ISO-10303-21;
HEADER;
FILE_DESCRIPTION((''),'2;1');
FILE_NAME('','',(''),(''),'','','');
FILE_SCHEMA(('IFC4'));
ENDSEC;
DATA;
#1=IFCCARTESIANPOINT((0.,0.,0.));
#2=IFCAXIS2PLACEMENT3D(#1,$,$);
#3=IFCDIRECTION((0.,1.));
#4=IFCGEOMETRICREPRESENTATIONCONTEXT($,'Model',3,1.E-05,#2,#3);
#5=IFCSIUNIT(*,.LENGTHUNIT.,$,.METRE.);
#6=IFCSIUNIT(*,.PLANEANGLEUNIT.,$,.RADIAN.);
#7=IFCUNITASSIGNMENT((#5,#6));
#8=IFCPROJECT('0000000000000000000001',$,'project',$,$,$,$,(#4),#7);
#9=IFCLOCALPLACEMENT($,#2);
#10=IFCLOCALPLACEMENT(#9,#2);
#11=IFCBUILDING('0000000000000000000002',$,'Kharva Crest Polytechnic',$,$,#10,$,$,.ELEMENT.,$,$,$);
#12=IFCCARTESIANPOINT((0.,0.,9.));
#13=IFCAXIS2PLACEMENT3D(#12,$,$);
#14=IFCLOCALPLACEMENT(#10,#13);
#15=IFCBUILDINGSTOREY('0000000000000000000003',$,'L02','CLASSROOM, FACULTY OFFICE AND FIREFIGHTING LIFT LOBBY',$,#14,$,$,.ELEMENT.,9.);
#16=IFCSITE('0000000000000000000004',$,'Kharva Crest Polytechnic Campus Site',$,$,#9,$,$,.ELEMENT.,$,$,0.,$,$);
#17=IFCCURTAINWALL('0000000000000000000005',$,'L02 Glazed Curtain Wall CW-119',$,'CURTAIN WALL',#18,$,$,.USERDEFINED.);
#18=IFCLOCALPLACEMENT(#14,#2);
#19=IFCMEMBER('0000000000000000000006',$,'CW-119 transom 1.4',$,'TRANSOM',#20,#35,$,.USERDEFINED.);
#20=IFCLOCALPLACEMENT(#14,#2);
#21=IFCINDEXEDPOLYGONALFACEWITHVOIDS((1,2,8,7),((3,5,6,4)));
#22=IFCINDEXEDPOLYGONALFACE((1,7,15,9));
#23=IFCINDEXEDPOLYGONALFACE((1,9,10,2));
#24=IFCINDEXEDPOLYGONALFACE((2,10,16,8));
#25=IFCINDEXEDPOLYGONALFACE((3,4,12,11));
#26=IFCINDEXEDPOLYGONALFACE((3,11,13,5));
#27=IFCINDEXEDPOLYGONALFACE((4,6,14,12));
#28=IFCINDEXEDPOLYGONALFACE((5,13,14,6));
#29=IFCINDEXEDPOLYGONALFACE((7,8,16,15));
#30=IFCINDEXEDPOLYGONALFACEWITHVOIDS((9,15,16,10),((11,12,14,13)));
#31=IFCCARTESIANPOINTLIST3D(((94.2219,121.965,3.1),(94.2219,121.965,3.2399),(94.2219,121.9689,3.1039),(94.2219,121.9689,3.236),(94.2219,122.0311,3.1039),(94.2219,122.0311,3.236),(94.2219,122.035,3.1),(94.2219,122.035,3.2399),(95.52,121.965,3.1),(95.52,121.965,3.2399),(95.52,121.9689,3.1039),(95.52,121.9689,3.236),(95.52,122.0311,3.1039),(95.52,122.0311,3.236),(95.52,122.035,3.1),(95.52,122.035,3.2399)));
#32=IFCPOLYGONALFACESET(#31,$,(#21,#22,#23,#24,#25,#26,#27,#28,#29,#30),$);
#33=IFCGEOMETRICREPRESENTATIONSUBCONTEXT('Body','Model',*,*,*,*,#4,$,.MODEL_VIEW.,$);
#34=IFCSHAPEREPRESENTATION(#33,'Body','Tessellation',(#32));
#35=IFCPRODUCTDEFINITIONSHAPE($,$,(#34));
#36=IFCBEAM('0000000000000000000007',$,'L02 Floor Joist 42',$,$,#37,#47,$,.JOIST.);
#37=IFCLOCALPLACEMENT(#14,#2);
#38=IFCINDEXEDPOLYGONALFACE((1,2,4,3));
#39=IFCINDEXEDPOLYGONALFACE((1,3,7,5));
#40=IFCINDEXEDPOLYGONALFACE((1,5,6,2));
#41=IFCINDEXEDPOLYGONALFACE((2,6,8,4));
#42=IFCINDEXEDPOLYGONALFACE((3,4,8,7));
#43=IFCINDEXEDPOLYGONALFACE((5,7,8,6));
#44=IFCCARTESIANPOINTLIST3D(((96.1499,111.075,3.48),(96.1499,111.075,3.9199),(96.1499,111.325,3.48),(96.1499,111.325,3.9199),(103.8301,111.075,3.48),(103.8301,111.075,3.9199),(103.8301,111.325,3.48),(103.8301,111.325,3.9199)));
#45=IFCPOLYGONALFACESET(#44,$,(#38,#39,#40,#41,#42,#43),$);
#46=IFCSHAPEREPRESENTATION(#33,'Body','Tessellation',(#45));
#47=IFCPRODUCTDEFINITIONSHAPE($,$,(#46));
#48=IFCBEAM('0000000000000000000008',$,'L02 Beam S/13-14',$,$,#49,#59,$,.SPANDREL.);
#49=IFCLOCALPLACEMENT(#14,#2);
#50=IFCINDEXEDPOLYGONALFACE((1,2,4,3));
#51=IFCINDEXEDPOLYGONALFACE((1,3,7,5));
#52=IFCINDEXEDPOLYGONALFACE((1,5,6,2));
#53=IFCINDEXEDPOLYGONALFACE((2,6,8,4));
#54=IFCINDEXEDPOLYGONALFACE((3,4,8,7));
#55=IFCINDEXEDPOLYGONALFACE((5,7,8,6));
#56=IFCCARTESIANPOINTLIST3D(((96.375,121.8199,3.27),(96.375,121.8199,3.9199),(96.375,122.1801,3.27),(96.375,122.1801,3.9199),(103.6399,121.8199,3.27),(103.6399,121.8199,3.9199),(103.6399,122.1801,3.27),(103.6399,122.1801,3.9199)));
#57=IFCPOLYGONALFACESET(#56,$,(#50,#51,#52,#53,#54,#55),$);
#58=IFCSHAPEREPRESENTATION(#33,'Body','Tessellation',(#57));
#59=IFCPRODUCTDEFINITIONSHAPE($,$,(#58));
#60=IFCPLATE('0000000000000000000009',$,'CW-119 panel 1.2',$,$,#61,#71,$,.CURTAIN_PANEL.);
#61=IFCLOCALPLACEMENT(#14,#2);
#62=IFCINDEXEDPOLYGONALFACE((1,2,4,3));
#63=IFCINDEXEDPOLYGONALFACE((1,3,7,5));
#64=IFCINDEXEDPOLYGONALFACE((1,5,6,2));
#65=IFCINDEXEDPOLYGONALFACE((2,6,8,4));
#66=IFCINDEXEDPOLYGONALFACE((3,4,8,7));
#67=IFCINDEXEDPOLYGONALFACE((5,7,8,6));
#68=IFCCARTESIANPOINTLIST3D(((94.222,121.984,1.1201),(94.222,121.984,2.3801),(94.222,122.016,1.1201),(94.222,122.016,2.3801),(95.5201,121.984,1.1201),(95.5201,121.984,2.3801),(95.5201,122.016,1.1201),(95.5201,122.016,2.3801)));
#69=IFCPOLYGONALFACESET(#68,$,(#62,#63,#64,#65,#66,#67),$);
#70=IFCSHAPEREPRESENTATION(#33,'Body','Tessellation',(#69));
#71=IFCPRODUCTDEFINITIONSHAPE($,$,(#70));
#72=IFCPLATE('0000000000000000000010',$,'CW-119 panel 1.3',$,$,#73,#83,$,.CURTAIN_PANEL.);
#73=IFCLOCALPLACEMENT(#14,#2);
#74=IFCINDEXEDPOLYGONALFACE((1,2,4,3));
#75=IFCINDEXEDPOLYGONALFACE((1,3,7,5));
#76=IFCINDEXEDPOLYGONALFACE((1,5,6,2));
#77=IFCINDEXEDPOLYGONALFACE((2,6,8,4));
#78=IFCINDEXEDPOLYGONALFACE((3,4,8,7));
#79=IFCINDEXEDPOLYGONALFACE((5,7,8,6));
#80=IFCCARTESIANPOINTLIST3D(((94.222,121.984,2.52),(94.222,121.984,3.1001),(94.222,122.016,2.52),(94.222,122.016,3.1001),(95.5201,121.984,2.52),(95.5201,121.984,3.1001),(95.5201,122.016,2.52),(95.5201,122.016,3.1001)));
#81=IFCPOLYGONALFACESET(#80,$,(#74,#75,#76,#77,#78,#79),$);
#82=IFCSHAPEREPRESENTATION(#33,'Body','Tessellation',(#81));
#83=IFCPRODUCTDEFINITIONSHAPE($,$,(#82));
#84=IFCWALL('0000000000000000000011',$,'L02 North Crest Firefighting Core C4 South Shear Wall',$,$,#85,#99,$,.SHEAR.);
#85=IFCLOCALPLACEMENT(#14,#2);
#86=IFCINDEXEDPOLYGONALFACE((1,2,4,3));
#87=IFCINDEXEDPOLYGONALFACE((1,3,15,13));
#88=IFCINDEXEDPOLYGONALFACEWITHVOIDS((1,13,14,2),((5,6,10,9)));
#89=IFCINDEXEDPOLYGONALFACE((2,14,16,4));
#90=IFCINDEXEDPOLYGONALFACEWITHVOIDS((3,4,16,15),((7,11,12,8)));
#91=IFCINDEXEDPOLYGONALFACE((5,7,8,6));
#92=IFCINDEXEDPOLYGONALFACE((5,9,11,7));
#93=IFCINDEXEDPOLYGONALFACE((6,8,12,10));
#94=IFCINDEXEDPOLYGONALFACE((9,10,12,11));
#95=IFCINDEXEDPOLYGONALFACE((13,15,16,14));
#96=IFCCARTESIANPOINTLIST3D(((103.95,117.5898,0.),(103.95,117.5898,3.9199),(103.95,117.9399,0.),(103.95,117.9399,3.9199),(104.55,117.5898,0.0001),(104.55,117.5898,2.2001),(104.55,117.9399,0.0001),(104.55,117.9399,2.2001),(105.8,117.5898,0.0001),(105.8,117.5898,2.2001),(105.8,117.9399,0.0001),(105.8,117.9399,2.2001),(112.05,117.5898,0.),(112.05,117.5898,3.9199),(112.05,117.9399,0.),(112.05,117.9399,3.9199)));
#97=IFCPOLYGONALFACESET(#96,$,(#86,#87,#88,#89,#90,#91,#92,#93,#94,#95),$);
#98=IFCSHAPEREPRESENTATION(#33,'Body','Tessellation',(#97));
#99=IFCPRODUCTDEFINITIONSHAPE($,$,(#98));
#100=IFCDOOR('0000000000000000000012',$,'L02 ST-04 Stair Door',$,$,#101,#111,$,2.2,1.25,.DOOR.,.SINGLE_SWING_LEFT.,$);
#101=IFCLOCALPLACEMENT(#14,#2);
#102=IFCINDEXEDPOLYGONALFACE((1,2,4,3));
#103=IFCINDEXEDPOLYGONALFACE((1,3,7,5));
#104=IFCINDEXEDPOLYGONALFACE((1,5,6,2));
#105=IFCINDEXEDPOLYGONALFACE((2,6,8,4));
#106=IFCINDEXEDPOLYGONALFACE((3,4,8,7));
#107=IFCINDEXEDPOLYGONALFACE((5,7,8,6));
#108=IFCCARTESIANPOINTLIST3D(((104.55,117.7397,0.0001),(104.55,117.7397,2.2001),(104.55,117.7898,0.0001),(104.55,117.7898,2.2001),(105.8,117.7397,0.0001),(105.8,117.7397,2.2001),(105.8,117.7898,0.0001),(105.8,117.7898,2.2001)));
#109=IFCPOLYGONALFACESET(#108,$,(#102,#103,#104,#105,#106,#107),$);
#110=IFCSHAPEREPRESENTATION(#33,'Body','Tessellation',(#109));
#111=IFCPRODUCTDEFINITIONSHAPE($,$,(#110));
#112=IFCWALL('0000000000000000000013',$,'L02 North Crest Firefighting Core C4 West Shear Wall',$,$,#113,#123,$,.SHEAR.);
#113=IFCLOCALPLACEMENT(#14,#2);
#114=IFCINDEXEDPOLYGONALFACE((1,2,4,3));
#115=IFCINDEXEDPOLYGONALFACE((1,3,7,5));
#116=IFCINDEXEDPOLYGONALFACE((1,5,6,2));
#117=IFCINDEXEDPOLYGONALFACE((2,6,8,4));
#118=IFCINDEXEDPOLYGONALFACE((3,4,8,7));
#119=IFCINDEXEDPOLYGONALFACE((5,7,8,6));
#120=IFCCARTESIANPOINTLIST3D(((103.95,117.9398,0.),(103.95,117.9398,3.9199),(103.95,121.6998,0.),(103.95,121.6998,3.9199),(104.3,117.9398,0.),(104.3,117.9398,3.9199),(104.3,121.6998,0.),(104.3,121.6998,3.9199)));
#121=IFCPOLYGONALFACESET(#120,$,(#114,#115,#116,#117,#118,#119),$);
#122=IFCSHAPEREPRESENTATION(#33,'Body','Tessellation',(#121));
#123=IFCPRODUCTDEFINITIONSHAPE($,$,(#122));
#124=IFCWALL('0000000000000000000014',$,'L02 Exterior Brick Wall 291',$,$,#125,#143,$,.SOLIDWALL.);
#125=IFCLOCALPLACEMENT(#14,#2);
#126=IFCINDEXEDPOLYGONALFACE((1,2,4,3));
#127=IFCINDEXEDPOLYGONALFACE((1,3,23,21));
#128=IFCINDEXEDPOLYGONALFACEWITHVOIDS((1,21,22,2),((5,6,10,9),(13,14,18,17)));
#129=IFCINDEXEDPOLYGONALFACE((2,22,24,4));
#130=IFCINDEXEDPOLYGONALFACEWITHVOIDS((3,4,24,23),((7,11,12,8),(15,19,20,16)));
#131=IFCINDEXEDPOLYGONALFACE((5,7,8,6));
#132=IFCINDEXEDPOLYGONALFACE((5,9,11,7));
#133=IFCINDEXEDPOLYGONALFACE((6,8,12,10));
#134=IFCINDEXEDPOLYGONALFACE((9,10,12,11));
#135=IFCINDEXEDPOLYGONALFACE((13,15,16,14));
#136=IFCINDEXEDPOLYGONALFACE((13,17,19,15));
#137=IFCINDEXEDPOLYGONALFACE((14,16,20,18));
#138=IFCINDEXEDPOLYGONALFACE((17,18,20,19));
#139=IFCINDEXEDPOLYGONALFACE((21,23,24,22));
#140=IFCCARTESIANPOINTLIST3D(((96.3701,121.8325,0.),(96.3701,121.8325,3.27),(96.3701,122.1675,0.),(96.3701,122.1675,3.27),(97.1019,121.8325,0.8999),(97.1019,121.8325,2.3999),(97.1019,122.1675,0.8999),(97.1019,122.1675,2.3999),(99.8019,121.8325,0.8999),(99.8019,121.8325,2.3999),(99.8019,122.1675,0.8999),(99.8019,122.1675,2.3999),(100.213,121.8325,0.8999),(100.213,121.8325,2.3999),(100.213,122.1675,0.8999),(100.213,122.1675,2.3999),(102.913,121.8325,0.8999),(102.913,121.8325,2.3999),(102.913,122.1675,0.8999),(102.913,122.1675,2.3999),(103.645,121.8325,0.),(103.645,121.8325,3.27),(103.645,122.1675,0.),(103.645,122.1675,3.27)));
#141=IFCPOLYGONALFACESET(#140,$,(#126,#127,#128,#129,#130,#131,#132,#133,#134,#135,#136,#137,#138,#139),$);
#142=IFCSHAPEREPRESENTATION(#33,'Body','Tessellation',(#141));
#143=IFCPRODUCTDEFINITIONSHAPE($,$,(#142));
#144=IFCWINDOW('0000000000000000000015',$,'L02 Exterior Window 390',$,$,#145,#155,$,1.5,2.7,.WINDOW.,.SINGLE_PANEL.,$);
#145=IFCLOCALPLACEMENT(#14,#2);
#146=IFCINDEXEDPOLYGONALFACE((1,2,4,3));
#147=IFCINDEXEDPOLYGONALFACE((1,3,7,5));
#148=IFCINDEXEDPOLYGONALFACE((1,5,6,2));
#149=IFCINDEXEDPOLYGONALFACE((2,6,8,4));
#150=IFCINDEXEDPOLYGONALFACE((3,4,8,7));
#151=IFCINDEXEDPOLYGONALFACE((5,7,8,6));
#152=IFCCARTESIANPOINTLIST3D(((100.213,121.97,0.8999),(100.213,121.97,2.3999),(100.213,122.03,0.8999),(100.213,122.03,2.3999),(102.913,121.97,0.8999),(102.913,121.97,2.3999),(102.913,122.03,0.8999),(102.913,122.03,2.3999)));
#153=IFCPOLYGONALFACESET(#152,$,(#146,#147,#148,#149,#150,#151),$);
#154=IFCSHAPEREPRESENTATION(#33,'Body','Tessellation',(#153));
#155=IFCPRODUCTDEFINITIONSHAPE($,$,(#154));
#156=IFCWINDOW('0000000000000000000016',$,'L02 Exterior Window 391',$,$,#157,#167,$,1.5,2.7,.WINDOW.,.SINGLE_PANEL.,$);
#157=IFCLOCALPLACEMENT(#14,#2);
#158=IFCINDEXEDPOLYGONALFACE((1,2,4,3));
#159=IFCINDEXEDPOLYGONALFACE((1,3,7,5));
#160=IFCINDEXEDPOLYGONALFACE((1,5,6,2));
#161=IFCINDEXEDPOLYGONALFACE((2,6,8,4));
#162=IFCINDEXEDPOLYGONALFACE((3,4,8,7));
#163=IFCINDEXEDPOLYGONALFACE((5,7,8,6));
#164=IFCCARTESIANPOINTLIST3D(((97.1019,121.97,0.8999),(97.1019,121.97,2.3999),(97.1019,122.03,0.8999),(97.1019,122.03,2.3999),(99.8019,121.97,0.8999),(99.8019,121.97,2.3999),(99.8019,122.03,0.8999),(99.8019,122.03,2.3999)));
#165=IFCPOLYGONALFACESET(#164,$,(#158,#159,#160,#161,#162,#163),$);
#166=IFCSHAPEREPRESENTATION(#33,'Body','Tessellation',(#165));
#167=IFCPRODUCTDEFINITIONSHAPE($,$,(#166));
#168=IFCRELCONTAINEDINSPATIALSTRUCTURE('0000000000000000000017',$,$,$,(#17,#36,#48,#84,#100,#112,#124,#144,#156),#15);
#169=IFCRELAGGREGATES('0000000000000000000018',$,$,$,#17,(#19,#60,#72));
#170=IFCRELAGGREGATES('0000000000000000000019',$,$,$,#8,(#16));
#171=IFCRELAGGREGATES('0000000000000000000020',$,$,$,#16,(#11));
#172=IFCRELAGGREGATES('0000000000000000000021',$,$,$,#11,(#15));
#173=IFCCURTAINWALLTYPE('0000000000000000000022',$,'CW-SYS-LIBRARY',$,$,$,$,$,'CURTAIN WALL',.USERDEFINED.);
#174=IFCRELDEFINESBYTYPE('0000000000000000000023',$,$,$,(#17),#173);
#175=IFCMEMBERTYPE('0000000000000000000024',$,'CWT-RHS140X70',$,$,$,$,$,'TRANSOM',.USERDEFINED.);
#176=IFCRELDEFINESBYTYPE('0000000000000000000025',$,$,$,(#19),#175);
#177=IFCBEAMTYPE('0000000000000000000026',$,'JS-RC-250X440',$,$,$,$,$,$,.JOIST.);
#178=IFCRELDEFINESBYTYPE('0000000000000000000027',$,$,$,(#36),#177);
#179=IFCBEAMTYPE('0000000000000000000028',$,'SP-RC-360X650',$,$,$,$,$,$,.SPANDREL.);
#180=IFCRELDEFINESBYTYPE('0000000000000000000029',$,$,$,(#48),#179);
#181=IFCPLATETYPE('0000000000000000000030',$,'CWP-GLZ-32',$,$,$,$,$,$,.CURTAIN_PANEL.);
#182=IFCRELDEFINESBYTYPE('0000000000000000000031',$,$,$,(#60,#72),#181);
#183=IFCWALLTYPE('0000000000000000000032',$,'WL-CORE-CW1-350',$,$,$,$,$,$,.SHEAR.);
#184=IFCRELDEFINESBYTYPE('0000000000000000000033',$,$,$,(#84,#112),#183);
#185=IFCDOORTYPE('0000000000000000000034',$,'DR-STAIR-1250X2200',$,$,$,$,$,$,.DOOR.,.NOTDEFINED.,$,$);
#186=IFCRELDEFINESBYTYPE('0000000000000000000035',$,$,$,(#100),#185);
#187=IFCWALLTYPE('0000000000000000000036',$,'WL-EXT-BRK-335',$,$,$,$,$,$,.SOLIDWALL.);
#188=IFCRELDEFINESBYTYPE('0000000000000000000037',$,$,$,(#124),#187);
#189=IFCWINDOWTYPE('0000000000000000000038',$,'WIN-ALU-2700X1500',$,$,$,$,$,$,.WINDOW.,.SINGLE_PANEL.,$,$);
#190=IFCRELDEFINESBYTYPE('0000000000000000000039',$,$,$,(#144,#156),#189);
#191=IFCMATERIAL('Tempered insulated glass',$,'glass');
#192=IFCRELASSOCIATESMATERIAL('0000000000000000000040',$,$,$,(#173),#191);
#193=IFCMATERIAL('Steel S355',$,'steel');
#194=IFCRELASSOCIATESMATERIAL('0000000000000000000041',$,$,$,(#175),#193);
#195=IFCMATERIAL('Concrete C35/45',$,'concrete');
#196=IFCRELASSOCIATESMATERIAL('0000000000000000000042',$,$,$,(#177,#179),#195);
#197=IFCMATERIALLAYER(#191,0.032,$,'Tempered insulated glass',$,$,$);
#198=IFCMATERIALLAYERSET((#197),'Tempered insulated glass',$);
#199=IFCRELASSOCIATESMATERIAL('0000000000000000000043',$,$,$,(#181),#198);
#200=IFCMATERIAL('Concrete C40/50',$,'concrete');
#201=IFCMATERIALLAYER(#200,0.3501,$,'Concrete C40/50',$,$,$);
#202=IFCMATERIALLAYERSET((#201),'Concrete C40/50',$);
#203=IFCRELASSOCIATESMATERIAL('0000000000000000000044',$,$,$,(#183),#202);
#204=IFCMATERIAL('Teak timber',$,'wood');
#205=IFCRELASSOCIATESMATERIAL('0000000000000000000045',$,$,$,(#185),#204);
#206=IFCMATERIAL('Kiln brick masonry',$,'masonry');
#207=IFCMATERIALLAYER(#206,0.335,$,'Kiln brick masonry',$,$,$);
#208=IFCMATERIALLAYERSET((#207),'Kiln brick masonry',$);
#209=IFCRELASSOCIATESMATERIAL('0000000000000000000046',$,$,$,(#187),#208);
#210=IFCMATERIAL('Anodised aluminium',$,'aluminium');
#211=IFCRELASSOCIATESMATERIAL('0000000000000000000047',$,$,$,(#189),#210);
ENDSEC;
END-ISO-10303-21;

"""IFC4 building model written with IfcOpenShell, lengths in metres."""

from ifc_helpers import new_model, si_unit, direction, frame, frame_2d, origin, origin_2d, place, context, subcontext, project, spatial, rectangle, hollow_rectangle, extrude, material, layer, layer_set, material_profile, profile_set, type_object, element, fill, aggregate, save


model = new_model("IFC4")

# Units and contexts
model_context = context("Model", 3, precision=1e-05, world=origin(), true_north=direction((0.0, 1.0)))
body_context = subcontext(model_context, "Body", "Model", "MODEL_VIEW")
ifc_project = project(units=[si_unit("LENGTHUNIT", "METRE"), si_unit("PLANEANGLEUNIT", "RADIAN")], contexts=[model_context])

# Site, building, storey
site_placement = place(None, origin())
site = spatial("IfcSite", under=ifc_project, at=site_placement, Name="Kharva Crest Polytechnic Campus Site", CompositionType="ELEMENT", RefElevation=0.0)
building_placement = place(site_placement, origin())
building = spatial("IfcBuilding", under=site, at=building_placement, Name="Kharva Crest Polytechnic", CompositionType="ELEMENT")
storey_placement = place(building_placement, frame((0.0, 0.0, 9.0)))
storey = spatial("IfcBuildingStorey", under=building, at=storey_placement, Name="L02", Description="CLASSROOM, FACULTY OFFICE AND FIREFIGHTING LIFT LOBBY", CompositionType="ELEMENT", Elevation=9.0)

# Shared definitions
ifc_material_1 = material(Name="Concrete C40/50", Category="concrete")

# Shared definitions
ifc_material_2 = material(Name="Concrete C35/45", Category="concrete")

# Curtain wall, member
ifc_material_3 = material(Name="Tempered insulated glass", Category="glass")
curtain_wall_type = type_object("IfcCurtainWallType", Name="CW-SYS-LIBRARY", ElementType="CURTAIN WALL", PredefinedType="USERDEFINED", material=ifc_material_3)
curtain_wall_placement = place(storey_placement, origin())
curtain_wall = element("IfcCurtainWall", 1, at=curtain_wall_placement, inside=storey, type_object=curtain_wall_type, Name="L02 Glazed Curtain Wall CW-119", ObjectType="CURTAIN WALL", PredefinedType="USERDEFINED")
ifc_material_4 = material(Name="Steel S355", Category="steel")
ifc_material_profile_1 = material_profile(ifc_material_4, hollow_rectangle(XDim=0.0701, YDim=0.1399, WallThickness=0.0039, at=origin_2d()), Name="RHS 140X70X4.0")
ifc_profile_set_1 = profile_set([ifc_material_profile_1], Name="Steel S355")
member_type_1 = type_object("IfcMemberType", Name="CWT-RHS140X70", ElementType="TRANSOM", PredefinedType="USERDEFINED", material=ifc_profile_set_1)
member_1_placement = place(storey_placement, frame((95.52, 122.0, 3.1699), z_axis=(-1.0, 0.0, 0.0), x_axis=(0.0, -1.0, 0.0)))
member_1 = element("IfcMember", 2, at=member_1_placement, type_object=member_type_1, Name="CW-119 transom 1.4", ObjectType="TRANSOM", PredefinedType="USERDEFINED", context=body_context, shape_type="SweptSolid", body=[
    extrude(hollow_rectangle(XDim=0.0701, YDim=0.1399, WallThickness=0.0039, at=origin_2d()), origin(), (0.0, 0.0, 1.0), 1.2981),
])

# Beams
ifc_material_profile_2 = material_profile(ifc_material_2, rectangle(XDim=0.25, YDim=0.4399, at=origin_2d()), Name="RECT 250 X 440")
ifc_profile_set_2 = profile_set([ifc_material_profile_2], Name="Concrete C35/45")
beam_type_1 = type_object("IfcBeamType", Name="JS-RC-250X440", PredefinedType="JOIST", material=ifc_profile_set_2)
beam_1_placement = place(storey_placement, frame((96.1499, 111.2, 3.7), z_axis=(1.0, 0.0, 0.0), x_axis=(0.0, 1.0, 0.0)))
element("IfcBeam", 3, at=beam_1_placement, inside=storey, type_object=beam_type_1, Name="L02 Floor Joist 42", PredefinedType="JOIST", context=body_context, shape_type="SweptSolid", body=[
    extrude(rectangle(XDim=0.25, YDim=0.4399, at=origin_2d()), origin(), (0.0, 0.0, 1.0), 7.6802),
])
ifc_material_profile_3 = material_profile(ifc_material_2, rectangle(XDim=0.3601, YDim=0.6499, at=origin_2d()), Name="RECT 360 X 650")
ifc_profile_set_3 = profile_set([ifc_material_profile_3], Name="Concrete C35/45")
beam_type_2 = type_object("IfcBeamType", Name="SP-RC-360X650", PredefinedType="SPANDREL", material=ifc_profile_set_3)
beam_2_placement = place(storey_placement, frame((96.375, 122.0, 3.595), z_axis=(1.0, 0.0, 0.0), x_axis=(0.0, 1.0, 0.0)))
element("IfcBeam", 4, at=beam_2_placement, inside=storey, type_object=beam_type_2, Name="L02 Beam S/13-14", PredefinedType="SPANDREL", context=body_context, shape_type="SweptSolid", body=[
    extrude(rectangle(XDim=0.3601, YDim=0.6499, at=origin_2d()), origin(), (0.0, 0.0, 1.0), 7.2649),
])

# Plates
ifc_layer_1 = layer(ifc_material_3, 0.032, Name="Tempered insulated glass")
ifc_layer_set_1 = layer_set([ifc_layer_1], Name="Tempered insulated glass")
plate_type = type_object("IfcPlateType", Name="CWP-GLZ-32", PredefinedType="CURTAIN_PANEL", material=ifc_layer_set_1)
plate_1_placement = place(storey_placement, frame((94.8711, 122.0, 1.1201), z_axis=(0.0, 0.0, 1.0), x_axis=(-1.0, 0.0, 0.0)))
plate_1 = element("IfcPlate", 5, at=plate_1_placement, type_object=plate_type, Name="CW-119 panel 1.2", PredefinedType="CURTAIN_PANEL", context=body_context, shape_type="SweptSolid", body=[
    extrude(rectangle(XDim=1.2981, YDim=0.032, at=origin_2d()), origin(), (0.0, 0.0, 1.0), 1.26),
])
plate_2_placement = place(storey_placement, frame((94.8711, 122.0, 2.52), z_axis=(0.0, 0.0, 1.0), x_axis=(-1.0, 0.0, 0.0)))
plate_2 = element("IfcPlate", 6, at=plate_2_placement, type_object=plate_type, Name="CW-119 panel 1.3", PredefinedType="CURTAIN_PANEL", context=body_context, shape_type="SweptSolid", body=[
    extrude(rectangle(XDim=1.2981, YDim=0.032, at=origin_2d()), origin(), (0.0, 0.0, 1.0), 0.5801),
])
aggregate(curtain_wall, [member_1, plate_1, plate_2])

# Wall, opening, door
ifc_layer_2 = layer(ifc_material_1, 0.3501, Name="Concrete C40/50")
ifc_layer_set_2 = layer_set([ifc_layer_2], Name="Concrete C40/50")
wall_type_1 = type_object("IfcWallType", Name="WL-CORE-CW1-350", PredefinedType="SHEAR", material=ifc_layer_set_2)
wall_1_placement = place(storey_placement, frame((103.95, 117.7649, 0.0), z_axis=(0.0, 0.0, 1.0), x_axis=(1.0, 0.0, 0.0)))
wall_1 = element("IfcWall", 7, at=wall_1_placement, inside=storey, type_object=wall_type_1, Name="L02 North Crest Firefighting Core C4 South Shear Wall", PredefinedType="SHEAR", context=body_context, shape_type="SweptSolid", body=[
    extrude(rectangle(XDim=8.1001, YDim=0.3501, at=frame_2d((4.05, 0.0))), origin(), (0.0, 0.0, 1.0), 3.9199),
])
opening_1_placement = place(wall_1_placement, frame((0.6001, 0.0, 0.0)))
opening_1 = element("IfcOpeningElement", 8, at=opening_1_placement, cuts=wall_1, PredefinedType="OPENING", context=body_context, shape_type="SweptSolid", body=[
    extrude(rectangle(XDim=1.25, YDim=2.2, at=frame_2d((0.625, 1.1001))), frame((0.0, 0.1851, 0.0), z_axis=(0.0, -1.0, 0.0), x_axis=(1.0, 0.0, 0.0)), (0.0, 0.0, 1.0), 0.3701),
])
ifc_material_5 = material(Name="Teak timber", Category="wood")
door_type = type_object("IfcDoorType", Name="DR-STAIR-1250X2200", OperationType="NOTDEFINED", PredefinedType="DOOR", material=ifc_material_5)
door_placement = place(opening_1_placement, origin())
door = element("IfcDoor", 9, at=door_placement, inside=storey, type_object=door_type, Name="L02 ST-04 Stair Door", OperationType="SINGLE_SWING_LEFT", OverallHeight=2.2, OverallWidth=1.25, PredefinedType="DOOR", context=body_context, shape_type="SweptSolid", body=[
    extrude(rectangle(XDim=1.25, YDim=2.2, at=frame_2d((0.625, 1.1001))), frame((0.0, 0.0249, 0.0), z_axis=(0.0, -1.0, 0.0), x_axis=(1.0, 0.0, 0.0)), (0.0, 0.0, 1.0), 0.05),
])
fill(opening_1, door)

# Wall
wall_2_placement = place(storey_placement, frame((104.125, 117.9399, 0.0), z_axis=(0.0, 0.0, 1.0), x_axis=(0.0, 1.0, 0.0)))
element("IfcWall", 10, at=wall_2_placement, inside=storey, type_object=wall_type_1, Name="L02 North Crest Firefighting Core C4 West Shear Wall", PredefinedType="SHEAR", context=body_context, shape_type="SweptSolid", body=[
    extrude(rectangle(XDim=3.76, YDim=0.3501, at=frame_2d((1.8799, 0.0))), origin(), (0.0, 0.0, 1.0), 3.9199),
])

# Wall, openings, windows
ifc_material_6 = material(Name="Kiln brick masonry", Category="masonry")
ifc_layer_3 = layer(ifc_material_6, 0.335, Name="Kiln brick masonry")
ifc_layer_set_3 = layer_set([ifc_layer_3], Name="Kiln brick masonry")
wall_type_2 = type_object("IfcWallType", Name="WL-EXT-BRK-335", PredefinedType="SOLIDWALL", material=ifc_layer_set_3)
wall_3_placement = place(storey_placement, frame((103.645, 122.0, 0.0), z_axis=(0.0, 0.0, 1.0), x_axis=(-1.0, 0.0, 0.0)))
wall_3 = element("IfcWall", 11, at=wall_3_placement, inside=storey, type_object=wall_type_2, Name="L02 Exterior Brick Wall 291", PredefinedType="SOLIDWALL", context=body_context, shape_type="SweptSolid", body=[
    extrude(rectangle(XDim=7.2749, YDim=0.335, at=frame_2d((3.6375, 0.0))), origin(), (0.0, 0.0, 1.0), 3.27),
])
opening_2_placement = place(wall_3_placement, frame((0.7319, 0.0, 0.8999)))
opening_2 = element("IfcOpeningElement", 12, at=opening_2_placement, cuts=wall_3, PredefinedType="OPENING", context=body_context, shape_type="SweptSolid", body=[
    extrude(rectangle(XDim=2.7, YDim=1.5, at=frame_2d((1.3501, 0.75))), frame((0.0, 0.1775, 0.0), z_axis=(0.0, -1.0, 0.0), x_axis=(1.0, 0.0, 0.0)), (0.0, 0.0, 1.0), 0.355),
])
opening_3_placement = place(wall_3_placement, frame((3.843, 0.0, 0.8999)))
opening_3 = element("IfcOpeningElement", 13, at=opening_3_placement, cuts=wall_3, PredefinedType="OPENING", context=body_context, shape_type="SweptSolid", body=[
    extrude(rectangle(XDim=2.7, YDim=1.5, at=frame_2d((1.3501, 0.75))), frame((0.0, 0.1775, 0.0), z_axis=(0.0, -1.0, 0.0), x_axis=(1.0, 0.0, 0.0)), (0.0, 0.0, 1.0), 0.355),
])
ifc_material_7 = material(Name="Anodised aluminium", Category="aluminium")
window_type = type_object("IfcWindowType", Name="WIN-ALU-2700X1500", PartitioningType="SINGLE_PANEL", PredefinedType="WINDOW", material=ifc_material_7)
window_1_placement = place(opening_2_placement, origin())
window_1 = element("IfcWindow", 14, at=window_1_placement, inside=storey, type_object=window_type, Name="L02 Exterior Window 390", OverallHeight=1.5, OverallWidth=2.7, PartitioningType="SINGLE_PANEL", PredefinedType="WINDOW", context=body_context, shape_type="SweptSolid", body=[
    extrude(rectangle(XDim=2.7, YDim=1.5, at=frame_2d((1.3501, 0.75))), frame((0.0, 0.03, 0.0), z_axis=(0.0, -1.0, 0.0), x_axis=(1.0, 0.0, 0.0)), (0.0, 0.0, 1.0), 0.0601),
])
fill(opening_2, window_1)
window_2_placement = place(opening_3_placement, origin())
window_2 = element("IfcWindow", 15, at=window_2_placement, inside=storey, type_object=window_type, Name="L02 Exterior Window 391", OverallHeight=1.5, OverallWidth=2.7, PartitioningType="SINGLE_PANEL", PredefinedType="WINDOW", context=body_context, shape_type="SweptSolid", body=[
    extrude(rectangle(XDim=2.7, YDim=1.5, at=frame_2d((1.3501, 0.75))), frame((0.0, 0.03, 0.0), z_axis=(0.0, -1.0, 0.0), x_axis=(1.0, 0.0, 0.0)), (0.0, 0.0, 1.0), 0.0601),
])
fill(opening_3, window_2)

save(model, "model.ifc")
